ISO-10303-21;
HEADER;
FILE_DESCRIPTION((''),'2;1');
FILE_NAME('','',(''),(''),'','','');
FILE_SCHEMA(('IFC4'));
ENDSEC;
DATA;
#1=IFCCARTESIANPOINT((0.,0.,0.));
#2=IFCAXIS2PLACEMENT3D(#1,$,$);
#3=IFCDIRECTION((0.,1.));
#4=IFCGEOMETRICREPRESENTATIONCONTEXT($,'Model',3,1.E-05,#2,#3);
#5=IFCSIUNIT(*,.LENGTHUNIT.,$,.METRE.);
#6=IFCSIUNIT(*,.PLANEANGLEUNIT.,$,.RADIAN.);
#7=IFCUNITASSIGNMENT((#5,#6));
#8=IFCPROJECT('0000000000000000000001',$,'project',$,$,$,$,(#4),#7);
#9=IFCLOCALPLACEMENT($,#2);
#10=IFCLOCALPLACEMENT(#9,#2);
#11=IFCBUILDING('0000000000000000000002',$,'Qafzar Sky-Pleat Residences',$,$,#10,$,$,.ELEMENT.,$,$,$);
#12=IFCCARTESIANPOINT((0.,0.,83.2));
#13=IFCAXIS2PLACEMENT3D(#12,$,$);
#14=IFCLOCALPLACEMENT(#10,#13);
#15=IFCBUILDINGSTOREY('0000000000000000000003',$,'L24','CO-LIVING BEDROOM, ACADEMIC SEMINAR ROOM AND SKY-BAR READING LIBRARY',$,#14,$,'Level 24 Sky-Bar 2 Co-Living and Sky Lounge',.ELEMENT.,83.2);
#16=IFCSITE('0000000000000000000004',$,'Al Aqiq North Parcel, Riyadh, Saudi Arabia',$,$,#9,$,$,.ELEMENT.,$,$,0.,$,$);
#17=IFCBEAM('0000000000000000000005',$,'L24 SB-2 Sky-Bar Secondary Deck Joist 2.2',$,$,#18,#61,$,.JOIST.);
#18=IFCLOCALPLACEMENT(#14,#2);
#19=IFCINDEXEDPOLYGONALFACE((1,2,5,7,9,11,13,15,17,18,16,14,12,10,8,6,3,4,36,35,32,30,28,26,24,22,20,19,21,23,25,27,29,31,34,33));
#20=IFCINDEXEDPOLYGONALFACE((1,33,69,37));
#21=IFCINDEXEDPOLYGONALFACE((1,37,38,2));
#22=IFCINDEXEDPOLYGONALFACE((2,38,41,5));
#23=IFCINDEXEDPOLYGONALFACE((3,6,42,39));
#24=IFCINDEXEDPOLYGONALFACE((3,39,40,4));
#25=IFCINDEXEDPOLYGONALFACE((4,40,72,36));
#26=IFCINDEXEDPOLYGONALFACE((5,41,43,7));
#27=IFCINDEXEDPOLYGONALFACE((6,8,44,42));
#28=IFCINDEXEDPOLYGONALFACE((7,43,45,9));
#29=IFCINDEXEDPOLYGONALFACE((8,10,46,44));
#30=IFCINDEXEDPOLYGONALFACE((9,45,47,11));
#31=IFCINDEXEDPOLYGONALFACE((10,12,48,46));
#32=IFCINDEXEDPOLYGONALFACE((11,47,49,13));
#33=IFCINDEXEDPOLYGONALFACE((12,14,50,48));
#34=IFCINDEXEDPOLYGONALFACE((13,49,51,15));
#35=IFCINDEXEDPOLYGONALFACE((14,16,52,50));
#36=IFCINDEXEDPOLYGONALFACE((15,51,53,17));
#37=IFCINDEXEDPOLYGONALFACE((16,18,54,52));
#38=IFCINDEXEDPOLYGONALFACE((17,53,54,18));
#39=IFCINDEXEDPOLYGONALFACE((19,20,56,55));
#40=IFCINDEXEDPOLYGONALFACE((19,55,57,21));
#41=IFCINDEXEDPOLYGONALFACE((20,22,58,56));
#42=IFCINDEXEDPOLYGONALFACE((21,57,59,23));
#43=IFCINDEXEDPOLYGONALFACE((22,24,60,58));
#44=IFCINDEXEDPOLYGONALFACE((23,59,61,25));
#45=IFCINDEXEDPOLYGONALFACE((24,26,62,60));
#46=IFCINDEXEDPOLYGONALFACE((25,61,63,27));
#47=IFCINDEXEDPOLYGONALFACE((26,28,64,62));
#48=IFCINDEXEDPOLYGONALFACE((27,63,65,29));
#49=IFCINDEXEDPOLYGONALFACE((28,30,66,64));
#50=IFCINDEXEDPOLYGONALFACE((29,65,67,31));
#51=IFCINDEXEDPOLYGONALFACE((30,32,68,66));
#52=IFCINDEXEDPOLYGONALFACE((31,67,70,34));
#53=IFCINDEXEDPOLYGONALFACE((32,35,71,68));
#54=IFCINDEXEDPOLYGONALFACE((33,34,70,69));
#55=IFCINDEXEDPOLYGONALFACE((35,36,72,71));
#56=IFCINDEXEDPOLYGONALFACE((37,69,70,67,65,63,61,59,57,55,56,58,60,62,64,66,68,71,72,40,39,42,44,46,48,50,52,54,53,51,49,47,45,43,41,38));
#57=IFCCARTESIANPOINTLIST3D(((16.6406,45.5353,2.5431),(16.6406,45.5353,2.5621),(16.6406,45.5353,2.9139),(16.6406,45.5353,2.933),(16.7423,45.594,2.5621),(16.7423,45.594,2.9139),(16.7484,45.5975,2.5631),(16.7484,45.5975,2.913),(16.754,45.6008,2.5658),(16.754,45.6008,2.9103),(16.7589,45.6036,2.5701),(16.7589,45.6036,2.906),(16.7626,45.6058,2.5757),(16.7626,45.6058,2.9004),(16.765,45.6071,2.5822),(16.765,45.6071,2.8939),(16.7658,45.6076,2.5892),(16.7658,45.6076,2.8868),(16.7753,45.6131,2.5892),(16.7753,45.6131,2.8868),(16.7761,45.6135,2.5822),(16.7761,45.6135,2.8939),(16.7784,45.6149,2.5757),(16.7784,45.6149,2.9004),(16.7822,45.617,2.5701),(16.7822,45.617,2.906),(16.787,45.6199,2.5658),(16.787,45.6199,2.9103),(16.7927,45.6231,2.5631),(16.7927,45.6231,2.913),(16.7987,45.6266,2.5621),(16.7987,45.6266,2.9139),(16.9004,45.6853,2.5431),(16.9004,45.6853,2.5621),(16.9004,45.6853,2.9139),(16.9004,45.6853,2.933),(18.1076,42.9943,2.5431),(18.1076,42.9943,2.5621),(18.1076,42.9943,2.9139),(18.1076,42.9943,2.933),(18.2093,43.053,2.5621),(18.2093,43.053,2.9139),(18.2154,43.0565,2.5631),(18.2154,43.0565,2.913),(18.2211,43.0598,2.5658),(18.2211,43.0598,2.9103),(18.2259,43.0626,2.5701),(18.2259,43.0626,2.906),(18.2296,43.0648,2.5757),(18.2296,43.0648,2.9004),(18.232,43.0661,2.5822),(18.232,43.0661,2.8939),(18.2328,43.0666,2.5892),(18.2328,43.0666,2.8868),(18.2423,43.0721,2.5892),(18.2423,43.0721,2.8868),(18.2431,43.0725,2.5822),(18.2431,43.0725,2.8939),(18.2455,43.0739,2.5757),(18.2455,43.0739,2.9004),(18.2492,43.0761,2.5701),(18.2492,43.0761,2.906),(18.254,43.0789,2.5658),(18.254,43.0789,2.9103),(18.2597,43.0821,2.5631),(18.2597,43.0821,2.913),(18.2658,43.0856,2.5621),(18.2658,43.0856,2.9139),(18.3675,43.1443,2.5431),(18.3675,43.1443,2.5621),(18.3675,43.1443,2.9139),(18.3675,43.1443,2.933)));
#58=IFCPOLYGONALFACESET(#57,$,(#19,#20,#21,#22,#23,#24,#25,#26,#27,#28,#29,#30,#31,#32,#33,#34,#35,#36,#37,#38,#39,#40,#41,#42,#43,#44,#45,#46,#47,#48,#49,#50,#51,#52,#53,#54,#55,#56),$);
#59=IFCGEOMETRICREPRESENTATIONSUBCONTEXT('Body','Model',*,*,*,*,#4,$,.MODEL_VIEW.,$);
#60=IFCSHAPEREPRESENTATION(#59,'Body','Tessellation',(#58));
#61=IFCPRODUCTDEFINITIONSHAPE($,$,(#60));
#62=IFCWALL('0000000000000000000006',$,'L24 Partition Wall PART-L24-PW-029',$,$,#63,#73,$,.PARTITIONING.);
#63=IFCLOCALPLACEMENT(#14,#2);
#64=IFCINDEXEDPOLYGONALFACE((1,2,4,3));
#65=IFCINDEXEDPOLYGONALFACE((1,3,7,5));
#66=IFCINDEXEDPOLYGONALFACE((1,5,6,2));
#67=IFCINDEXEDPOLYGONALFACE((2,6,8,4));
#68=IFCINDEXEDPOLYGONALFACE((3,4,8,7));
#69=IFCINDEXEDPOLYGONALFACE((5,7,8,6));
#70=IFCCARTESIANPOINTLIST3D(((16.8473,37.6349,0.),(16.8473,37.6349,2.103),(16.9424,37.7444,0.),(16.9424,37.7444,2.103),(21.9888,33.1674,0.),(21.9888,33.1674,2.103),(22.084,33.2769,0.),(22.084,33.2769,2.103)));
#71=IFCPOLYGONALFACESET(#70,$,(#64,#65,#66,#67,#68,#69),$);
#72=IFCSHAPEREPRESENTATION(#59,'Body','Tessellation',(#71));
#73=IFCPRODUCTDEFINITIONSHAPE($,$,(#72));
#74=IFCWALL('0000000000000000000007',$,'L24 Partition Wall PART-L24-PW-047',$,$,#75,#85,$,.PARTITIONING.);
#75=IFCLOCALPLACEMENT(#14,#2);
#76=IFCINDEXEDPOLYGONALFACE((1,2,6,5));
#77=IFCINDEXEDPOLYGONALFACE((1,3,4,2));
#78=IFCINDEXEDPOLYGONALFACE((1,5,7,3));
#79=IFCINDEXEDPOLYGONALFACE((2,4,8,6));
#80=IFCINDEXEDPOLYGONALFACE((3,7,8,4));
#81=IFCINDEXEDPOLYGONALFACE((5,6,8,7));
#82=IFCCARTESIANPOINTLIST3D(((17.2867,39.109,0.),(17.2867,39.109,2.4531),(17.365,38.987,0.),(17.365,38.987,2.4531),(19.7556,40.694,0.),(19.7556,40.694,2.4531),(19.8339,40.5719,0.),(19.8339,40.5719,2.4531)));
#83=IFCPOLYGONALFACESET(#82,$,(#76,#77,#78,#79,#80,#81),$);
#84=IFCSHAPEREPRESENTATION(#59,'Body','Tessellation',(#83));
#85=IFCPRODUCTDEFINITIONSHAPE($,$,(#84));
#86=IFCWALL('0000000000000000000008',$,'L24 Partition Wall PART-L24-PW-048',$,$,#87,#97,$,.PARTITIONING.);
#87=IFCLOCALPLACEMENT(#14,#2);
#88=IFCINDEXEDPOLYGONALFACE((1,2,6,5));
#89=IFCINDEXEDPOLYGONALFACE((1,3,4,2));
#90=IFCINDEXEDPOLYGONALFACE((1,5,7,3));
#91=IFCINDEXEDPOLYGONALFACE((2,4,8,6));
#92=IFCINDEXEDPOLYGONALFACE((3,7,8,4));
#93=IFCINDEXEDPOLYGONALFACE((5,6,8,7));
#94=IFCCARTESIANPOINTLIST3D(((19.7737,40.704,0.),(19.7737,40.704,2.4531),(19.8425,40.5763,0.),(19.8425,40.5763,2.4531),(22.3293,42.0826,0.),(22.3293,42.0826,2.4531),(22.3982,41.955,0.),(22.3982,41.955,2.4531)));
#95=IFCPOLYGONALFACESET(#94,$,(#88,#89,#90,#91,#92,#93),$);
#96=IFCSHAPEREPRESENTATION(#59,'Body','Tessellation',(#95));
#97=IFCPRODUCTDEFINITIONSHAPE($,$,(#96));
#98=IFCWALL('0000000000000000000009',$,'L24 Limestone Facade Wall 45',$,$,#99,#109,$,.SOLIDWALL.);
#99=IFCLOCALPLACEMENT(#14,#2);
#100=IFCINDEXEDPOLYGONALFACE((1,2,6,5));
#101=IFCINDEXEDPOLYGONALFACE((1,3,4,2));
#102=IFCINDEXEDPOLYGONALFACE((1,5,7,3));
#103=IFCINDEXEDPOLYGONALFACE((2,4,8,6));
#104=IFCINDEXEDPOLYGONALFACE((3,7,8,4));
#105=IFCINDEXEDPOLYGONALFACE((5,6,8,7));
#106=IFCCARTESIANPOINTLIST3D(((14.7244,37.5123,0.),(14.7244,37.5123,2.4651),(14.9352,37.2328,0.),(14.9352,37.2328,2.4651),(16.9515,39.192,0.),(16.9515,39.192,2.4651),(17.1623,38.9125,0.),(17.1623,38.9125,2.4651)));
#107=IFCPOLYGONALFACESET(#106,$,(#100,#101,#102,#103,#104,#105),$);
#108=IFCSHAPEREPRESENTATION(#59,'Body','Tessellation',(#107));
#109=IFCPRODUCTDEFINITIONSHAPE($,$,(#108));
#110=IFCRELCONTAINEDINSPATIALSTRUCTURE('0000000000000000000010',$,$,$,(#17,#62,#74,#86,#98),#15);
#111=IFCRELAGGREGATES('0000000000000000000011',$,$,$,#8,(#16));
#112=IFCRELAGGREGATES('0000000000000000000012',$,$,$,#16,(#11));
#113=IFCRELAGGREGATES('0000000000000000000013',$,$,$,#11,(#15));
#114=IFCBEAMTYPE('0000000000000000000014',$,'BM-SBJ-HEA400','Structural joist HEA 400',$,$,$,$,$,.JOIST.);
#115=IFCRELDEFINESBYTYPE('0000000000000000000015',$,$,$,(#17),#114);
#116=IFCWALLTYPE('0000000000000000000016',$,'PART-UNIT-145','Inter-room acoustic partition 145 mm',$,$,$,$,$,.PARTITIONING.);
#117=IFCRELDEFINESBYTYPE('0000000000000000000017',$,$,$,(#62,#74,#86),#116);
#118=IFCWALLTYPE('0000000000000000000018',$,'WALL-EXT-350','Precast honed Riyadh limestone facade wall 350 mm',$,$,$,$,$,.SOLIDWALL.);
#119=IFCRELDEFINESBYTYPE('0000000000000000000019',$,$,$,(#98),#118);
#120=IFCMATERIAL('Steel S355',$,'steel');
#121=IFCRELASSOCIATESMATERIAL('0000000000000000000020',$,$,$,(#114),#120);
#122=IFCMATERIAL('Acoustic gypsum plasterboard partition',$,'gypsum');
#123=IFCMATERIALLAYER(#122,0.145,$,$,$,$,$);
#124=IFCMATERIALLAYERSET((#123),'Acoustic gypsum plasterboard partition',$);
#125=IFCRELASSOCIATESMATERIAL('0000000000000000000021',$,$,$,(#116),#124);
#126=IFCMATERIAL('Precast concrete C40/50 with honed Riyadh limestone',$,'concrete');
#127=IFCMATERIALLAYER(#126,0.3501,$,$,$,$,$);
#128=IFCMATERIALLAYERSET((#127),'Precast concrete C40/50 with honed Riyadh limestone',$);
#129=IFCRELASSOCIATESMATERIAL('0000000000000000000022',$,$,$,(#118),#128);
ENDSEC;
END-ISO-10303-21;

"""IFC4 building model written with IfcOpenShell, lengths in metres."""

from ifc_helpers import new_model, si_unit, direction, frame, frame_2d, origin, origin_2d, place, context, subcontext, project, spatial, rectangle, i_section, extrude, source, transform, mapped, material, layer, layer_set, material_profile, profile_set, type_object, element, save


model = new_model("IFC4")

# Units and contexts
model_context = context("Model", 3, precision=1e-05, world=origin(), true_north=direction((0.0, 1.0)))
body_context = subcontext(model_context, "Body", "Model", "MODEL_VIEW")
ifc_project = project(units=[si_unit("LENGTHUNIT", "METRE"), si_unit("PLANEANGLEUNIT", "RADIAN")], contexts=[model_context])

# Site, building, storey
site_placement = place(None, origin())
site = spatial("IfcSite", under=ifc_project, at=site_placement, Name="Al Aqiq North Parcel, Riyadh, Saudi Arabia", CompositionType="ELEMENT", RefElevation=0.0)
building_placement = place(site_placement, origin())
building = spatial("IfcBuilding", under=site, at=building_placement, Name="Qafzar Sky-Pleat Residences", CompositionType="ELEMENT")
storey_placement = place(building_placement, frame((0.0, 0.0, 83.2)))
storey = spatial("IfcBuildingStorey", under=building, at=storey_placement, Name="L24", Description="CO-LIVING BEDROOM, ACADEMIC SEMINAR ROOM AND SKY-BAR READING LIBRARY", LongName="Level 24 Sky-Bar 2 Co-Living and Sky Lounge", CompositionType="ELEMENT", Elevation=83.2)

# Shared definitions
ifc_material_1 = material(Name="Steel S355", Category="steel")

# Beam
ifc_material_profile_1 = material_profile(ifc_material_1, i_section(OverallWidth=0.3, OverallDepth=0.3899, WebThickness=0.011, FlangeThickness=0.019, FilletRadius=0.0271, at=origin_2d()), Name="HEA 400")
ifc_profile_set_1 = profile_set([ifc_material_profile_1], Name="Steel S355")
beam_type_1 = type_object("IfcBeamType", Name="BM-SBJ-HEA400", Description="Structural joist HEA 400", PredefinedType="JOIST", material=ifc_profile_set_1)
shared_shape_1 = source(origin(), body_context, "Body", "SweptSolid", [
    extrude(i_section(OverallWidth=0.3, OverallDepth=0.3899, WebThickness=0.011, FlangeThickness=0.019, FilletRadius=0.0271, at=origin_2d()), origin(), (0.0, 0.0, 1.0), 2.9341),
])
beam_1_placement = place(storey_placement, frame((18.2375, 43.0693, 2.738), z_axis=(-0.499996, 0.866028, 0.0), x_axis=(-0.866028, -0.499996, 0.0)))
element("IfcBeam", 1, at=beam_1_placement, inside=storey, type_object=beam_type_1, Name="L24 SB-2 Sky-Bar Secondary Deck Joist 2.2", PredefinedType="JOIST", context=body_context, shape_type="MappedRepresentation", body=[
    mapped(shared_shape_1, transform((0.0, 0.0, 0.0), x_axis=(1.0, 0.0, 0.0), y_axis=(0.0, 1.0, 0.0), z_axis=(0.0, 0.0, 1.0), scale=1.0)),
])

# Walls
ifc_material_2 = material(Name="Acoustic gypsum plasterboard partition", Category="gypsum")
ifc_layer_1 = layer(ifc_material_2, 0.145)
ifc_layer_set_1 = layer_set([ifc_layer_1], Name="Acoustic gypsum plasterboard partition")
wall_type_1 = type_object("IfcWallType", Name="PART-UNIT-145", Description="Inter-room acoustic partition 145 mm", PredefinedType="PARTITIONING", material=ifc_layer_set_1)
wall_1_placement = place(storey_placement, frame((16.8948, 37.6897, 0.0), z_axis=(0.0, 0.0, 1.0), x_axis=(0.754855, -0.655892, 0.0)))
element("IfcWall", 2, at=wall_1_placement, inside=storey, type_object=wall_type_1, Name="L24 Partition Wall PART-L24-PW-029", PredefinedType="PARTITIONING", context=body_context, shape_type="SweptSolid", body=[
    extrude(rectangle(XDim=6.8113, YDim=0.145, at=frame_2d((3.4058, 0.0))), origin(), (0.0, 0.0, 1.0), 2.103),
])
wall_2_placement = place(storey_placement, frame((17.3259, 39.0481, 0.0), z_axis=(0.0, 0.0, 1.0), x_axis=(0.841527, 0.540215, 0.0)))
element("IfcWall", 3, at=wall_2_placement, inside=storey, type_object=wall_type_1, Name="L24 Partition Wall PART-L24-PW-047", PredefinedType="PARTITIONING", context=body_context, shape_type="SweptSolid", body=[
    extrude(rectangle(XDim=2.9338, YDim=0.145, at=frame_2d((1.4668, 0.0))), origin(), (0.0, 0.0, 1.0), 2.4531),
])
wall_3_placement = place(storey_placement, frame((19.8081, 40.6401, 0.0), z_axis=(0.0, 0.0, 1.0), x_axis=(0.880106, 0.474777, 0.0)))
element("IfcWall", 4, at=wall_3_placement, inside=storey, type_object=wall_type_1, Name="L24 Partition Wall PART-L24-PW-048", PredefinedType="PARTITIONING", context=body_context, shape_type="SweptSolid", body=[
    extrude(rectangle(XDim=2.9038, YDim=0.145, at=frame_2d((1.4519, 0.0))), origin(), (0.0, 0.0, 1.0), 2.4531),
])
ifc_material_3 = material(Name="Precast concrete C40/50 with honed Riyadh limestone", Category="concrete")
ifc_layer_2 = layer(ifc_material_3, 0.3501)
ifc_layer_set_2 = layer_set([ifc_layer_2], Name="Precast concrete C40/50 with honed Riyadh limestone")
wall_type_2 = type_object("IfcWallType", Name="WALL-EXT-350", Description="Precast honed Riyadh limestone facade wall 350 mm", PredefinedType="SOLIDWALL", material=ifc_layer_set_2)
wall_4_placement = place(storey_placement, frame((17.0569, 39.0522, 0.0), z_axis=(0.0, 0.0, 1.0), x_axis=(-0.79838, -0.602154, 0.0)))
element("IfcWall", 5, at=wall_4_placement, inside=storey, type_object=wall_type_2, Name="L24 Limestone Facade Wall 45", PredefinedType="SOLIDWALL", context=body_context, shape_type="SweptSolid", body=[
    extrude(rectangle(XDim=2.7896, YDim=0.3501, at=frame_2d((1.3948, 0.0))), origin(), (0.0, 0.0, 1.0), 2.4651),
])

save(model, "model.ifc")
